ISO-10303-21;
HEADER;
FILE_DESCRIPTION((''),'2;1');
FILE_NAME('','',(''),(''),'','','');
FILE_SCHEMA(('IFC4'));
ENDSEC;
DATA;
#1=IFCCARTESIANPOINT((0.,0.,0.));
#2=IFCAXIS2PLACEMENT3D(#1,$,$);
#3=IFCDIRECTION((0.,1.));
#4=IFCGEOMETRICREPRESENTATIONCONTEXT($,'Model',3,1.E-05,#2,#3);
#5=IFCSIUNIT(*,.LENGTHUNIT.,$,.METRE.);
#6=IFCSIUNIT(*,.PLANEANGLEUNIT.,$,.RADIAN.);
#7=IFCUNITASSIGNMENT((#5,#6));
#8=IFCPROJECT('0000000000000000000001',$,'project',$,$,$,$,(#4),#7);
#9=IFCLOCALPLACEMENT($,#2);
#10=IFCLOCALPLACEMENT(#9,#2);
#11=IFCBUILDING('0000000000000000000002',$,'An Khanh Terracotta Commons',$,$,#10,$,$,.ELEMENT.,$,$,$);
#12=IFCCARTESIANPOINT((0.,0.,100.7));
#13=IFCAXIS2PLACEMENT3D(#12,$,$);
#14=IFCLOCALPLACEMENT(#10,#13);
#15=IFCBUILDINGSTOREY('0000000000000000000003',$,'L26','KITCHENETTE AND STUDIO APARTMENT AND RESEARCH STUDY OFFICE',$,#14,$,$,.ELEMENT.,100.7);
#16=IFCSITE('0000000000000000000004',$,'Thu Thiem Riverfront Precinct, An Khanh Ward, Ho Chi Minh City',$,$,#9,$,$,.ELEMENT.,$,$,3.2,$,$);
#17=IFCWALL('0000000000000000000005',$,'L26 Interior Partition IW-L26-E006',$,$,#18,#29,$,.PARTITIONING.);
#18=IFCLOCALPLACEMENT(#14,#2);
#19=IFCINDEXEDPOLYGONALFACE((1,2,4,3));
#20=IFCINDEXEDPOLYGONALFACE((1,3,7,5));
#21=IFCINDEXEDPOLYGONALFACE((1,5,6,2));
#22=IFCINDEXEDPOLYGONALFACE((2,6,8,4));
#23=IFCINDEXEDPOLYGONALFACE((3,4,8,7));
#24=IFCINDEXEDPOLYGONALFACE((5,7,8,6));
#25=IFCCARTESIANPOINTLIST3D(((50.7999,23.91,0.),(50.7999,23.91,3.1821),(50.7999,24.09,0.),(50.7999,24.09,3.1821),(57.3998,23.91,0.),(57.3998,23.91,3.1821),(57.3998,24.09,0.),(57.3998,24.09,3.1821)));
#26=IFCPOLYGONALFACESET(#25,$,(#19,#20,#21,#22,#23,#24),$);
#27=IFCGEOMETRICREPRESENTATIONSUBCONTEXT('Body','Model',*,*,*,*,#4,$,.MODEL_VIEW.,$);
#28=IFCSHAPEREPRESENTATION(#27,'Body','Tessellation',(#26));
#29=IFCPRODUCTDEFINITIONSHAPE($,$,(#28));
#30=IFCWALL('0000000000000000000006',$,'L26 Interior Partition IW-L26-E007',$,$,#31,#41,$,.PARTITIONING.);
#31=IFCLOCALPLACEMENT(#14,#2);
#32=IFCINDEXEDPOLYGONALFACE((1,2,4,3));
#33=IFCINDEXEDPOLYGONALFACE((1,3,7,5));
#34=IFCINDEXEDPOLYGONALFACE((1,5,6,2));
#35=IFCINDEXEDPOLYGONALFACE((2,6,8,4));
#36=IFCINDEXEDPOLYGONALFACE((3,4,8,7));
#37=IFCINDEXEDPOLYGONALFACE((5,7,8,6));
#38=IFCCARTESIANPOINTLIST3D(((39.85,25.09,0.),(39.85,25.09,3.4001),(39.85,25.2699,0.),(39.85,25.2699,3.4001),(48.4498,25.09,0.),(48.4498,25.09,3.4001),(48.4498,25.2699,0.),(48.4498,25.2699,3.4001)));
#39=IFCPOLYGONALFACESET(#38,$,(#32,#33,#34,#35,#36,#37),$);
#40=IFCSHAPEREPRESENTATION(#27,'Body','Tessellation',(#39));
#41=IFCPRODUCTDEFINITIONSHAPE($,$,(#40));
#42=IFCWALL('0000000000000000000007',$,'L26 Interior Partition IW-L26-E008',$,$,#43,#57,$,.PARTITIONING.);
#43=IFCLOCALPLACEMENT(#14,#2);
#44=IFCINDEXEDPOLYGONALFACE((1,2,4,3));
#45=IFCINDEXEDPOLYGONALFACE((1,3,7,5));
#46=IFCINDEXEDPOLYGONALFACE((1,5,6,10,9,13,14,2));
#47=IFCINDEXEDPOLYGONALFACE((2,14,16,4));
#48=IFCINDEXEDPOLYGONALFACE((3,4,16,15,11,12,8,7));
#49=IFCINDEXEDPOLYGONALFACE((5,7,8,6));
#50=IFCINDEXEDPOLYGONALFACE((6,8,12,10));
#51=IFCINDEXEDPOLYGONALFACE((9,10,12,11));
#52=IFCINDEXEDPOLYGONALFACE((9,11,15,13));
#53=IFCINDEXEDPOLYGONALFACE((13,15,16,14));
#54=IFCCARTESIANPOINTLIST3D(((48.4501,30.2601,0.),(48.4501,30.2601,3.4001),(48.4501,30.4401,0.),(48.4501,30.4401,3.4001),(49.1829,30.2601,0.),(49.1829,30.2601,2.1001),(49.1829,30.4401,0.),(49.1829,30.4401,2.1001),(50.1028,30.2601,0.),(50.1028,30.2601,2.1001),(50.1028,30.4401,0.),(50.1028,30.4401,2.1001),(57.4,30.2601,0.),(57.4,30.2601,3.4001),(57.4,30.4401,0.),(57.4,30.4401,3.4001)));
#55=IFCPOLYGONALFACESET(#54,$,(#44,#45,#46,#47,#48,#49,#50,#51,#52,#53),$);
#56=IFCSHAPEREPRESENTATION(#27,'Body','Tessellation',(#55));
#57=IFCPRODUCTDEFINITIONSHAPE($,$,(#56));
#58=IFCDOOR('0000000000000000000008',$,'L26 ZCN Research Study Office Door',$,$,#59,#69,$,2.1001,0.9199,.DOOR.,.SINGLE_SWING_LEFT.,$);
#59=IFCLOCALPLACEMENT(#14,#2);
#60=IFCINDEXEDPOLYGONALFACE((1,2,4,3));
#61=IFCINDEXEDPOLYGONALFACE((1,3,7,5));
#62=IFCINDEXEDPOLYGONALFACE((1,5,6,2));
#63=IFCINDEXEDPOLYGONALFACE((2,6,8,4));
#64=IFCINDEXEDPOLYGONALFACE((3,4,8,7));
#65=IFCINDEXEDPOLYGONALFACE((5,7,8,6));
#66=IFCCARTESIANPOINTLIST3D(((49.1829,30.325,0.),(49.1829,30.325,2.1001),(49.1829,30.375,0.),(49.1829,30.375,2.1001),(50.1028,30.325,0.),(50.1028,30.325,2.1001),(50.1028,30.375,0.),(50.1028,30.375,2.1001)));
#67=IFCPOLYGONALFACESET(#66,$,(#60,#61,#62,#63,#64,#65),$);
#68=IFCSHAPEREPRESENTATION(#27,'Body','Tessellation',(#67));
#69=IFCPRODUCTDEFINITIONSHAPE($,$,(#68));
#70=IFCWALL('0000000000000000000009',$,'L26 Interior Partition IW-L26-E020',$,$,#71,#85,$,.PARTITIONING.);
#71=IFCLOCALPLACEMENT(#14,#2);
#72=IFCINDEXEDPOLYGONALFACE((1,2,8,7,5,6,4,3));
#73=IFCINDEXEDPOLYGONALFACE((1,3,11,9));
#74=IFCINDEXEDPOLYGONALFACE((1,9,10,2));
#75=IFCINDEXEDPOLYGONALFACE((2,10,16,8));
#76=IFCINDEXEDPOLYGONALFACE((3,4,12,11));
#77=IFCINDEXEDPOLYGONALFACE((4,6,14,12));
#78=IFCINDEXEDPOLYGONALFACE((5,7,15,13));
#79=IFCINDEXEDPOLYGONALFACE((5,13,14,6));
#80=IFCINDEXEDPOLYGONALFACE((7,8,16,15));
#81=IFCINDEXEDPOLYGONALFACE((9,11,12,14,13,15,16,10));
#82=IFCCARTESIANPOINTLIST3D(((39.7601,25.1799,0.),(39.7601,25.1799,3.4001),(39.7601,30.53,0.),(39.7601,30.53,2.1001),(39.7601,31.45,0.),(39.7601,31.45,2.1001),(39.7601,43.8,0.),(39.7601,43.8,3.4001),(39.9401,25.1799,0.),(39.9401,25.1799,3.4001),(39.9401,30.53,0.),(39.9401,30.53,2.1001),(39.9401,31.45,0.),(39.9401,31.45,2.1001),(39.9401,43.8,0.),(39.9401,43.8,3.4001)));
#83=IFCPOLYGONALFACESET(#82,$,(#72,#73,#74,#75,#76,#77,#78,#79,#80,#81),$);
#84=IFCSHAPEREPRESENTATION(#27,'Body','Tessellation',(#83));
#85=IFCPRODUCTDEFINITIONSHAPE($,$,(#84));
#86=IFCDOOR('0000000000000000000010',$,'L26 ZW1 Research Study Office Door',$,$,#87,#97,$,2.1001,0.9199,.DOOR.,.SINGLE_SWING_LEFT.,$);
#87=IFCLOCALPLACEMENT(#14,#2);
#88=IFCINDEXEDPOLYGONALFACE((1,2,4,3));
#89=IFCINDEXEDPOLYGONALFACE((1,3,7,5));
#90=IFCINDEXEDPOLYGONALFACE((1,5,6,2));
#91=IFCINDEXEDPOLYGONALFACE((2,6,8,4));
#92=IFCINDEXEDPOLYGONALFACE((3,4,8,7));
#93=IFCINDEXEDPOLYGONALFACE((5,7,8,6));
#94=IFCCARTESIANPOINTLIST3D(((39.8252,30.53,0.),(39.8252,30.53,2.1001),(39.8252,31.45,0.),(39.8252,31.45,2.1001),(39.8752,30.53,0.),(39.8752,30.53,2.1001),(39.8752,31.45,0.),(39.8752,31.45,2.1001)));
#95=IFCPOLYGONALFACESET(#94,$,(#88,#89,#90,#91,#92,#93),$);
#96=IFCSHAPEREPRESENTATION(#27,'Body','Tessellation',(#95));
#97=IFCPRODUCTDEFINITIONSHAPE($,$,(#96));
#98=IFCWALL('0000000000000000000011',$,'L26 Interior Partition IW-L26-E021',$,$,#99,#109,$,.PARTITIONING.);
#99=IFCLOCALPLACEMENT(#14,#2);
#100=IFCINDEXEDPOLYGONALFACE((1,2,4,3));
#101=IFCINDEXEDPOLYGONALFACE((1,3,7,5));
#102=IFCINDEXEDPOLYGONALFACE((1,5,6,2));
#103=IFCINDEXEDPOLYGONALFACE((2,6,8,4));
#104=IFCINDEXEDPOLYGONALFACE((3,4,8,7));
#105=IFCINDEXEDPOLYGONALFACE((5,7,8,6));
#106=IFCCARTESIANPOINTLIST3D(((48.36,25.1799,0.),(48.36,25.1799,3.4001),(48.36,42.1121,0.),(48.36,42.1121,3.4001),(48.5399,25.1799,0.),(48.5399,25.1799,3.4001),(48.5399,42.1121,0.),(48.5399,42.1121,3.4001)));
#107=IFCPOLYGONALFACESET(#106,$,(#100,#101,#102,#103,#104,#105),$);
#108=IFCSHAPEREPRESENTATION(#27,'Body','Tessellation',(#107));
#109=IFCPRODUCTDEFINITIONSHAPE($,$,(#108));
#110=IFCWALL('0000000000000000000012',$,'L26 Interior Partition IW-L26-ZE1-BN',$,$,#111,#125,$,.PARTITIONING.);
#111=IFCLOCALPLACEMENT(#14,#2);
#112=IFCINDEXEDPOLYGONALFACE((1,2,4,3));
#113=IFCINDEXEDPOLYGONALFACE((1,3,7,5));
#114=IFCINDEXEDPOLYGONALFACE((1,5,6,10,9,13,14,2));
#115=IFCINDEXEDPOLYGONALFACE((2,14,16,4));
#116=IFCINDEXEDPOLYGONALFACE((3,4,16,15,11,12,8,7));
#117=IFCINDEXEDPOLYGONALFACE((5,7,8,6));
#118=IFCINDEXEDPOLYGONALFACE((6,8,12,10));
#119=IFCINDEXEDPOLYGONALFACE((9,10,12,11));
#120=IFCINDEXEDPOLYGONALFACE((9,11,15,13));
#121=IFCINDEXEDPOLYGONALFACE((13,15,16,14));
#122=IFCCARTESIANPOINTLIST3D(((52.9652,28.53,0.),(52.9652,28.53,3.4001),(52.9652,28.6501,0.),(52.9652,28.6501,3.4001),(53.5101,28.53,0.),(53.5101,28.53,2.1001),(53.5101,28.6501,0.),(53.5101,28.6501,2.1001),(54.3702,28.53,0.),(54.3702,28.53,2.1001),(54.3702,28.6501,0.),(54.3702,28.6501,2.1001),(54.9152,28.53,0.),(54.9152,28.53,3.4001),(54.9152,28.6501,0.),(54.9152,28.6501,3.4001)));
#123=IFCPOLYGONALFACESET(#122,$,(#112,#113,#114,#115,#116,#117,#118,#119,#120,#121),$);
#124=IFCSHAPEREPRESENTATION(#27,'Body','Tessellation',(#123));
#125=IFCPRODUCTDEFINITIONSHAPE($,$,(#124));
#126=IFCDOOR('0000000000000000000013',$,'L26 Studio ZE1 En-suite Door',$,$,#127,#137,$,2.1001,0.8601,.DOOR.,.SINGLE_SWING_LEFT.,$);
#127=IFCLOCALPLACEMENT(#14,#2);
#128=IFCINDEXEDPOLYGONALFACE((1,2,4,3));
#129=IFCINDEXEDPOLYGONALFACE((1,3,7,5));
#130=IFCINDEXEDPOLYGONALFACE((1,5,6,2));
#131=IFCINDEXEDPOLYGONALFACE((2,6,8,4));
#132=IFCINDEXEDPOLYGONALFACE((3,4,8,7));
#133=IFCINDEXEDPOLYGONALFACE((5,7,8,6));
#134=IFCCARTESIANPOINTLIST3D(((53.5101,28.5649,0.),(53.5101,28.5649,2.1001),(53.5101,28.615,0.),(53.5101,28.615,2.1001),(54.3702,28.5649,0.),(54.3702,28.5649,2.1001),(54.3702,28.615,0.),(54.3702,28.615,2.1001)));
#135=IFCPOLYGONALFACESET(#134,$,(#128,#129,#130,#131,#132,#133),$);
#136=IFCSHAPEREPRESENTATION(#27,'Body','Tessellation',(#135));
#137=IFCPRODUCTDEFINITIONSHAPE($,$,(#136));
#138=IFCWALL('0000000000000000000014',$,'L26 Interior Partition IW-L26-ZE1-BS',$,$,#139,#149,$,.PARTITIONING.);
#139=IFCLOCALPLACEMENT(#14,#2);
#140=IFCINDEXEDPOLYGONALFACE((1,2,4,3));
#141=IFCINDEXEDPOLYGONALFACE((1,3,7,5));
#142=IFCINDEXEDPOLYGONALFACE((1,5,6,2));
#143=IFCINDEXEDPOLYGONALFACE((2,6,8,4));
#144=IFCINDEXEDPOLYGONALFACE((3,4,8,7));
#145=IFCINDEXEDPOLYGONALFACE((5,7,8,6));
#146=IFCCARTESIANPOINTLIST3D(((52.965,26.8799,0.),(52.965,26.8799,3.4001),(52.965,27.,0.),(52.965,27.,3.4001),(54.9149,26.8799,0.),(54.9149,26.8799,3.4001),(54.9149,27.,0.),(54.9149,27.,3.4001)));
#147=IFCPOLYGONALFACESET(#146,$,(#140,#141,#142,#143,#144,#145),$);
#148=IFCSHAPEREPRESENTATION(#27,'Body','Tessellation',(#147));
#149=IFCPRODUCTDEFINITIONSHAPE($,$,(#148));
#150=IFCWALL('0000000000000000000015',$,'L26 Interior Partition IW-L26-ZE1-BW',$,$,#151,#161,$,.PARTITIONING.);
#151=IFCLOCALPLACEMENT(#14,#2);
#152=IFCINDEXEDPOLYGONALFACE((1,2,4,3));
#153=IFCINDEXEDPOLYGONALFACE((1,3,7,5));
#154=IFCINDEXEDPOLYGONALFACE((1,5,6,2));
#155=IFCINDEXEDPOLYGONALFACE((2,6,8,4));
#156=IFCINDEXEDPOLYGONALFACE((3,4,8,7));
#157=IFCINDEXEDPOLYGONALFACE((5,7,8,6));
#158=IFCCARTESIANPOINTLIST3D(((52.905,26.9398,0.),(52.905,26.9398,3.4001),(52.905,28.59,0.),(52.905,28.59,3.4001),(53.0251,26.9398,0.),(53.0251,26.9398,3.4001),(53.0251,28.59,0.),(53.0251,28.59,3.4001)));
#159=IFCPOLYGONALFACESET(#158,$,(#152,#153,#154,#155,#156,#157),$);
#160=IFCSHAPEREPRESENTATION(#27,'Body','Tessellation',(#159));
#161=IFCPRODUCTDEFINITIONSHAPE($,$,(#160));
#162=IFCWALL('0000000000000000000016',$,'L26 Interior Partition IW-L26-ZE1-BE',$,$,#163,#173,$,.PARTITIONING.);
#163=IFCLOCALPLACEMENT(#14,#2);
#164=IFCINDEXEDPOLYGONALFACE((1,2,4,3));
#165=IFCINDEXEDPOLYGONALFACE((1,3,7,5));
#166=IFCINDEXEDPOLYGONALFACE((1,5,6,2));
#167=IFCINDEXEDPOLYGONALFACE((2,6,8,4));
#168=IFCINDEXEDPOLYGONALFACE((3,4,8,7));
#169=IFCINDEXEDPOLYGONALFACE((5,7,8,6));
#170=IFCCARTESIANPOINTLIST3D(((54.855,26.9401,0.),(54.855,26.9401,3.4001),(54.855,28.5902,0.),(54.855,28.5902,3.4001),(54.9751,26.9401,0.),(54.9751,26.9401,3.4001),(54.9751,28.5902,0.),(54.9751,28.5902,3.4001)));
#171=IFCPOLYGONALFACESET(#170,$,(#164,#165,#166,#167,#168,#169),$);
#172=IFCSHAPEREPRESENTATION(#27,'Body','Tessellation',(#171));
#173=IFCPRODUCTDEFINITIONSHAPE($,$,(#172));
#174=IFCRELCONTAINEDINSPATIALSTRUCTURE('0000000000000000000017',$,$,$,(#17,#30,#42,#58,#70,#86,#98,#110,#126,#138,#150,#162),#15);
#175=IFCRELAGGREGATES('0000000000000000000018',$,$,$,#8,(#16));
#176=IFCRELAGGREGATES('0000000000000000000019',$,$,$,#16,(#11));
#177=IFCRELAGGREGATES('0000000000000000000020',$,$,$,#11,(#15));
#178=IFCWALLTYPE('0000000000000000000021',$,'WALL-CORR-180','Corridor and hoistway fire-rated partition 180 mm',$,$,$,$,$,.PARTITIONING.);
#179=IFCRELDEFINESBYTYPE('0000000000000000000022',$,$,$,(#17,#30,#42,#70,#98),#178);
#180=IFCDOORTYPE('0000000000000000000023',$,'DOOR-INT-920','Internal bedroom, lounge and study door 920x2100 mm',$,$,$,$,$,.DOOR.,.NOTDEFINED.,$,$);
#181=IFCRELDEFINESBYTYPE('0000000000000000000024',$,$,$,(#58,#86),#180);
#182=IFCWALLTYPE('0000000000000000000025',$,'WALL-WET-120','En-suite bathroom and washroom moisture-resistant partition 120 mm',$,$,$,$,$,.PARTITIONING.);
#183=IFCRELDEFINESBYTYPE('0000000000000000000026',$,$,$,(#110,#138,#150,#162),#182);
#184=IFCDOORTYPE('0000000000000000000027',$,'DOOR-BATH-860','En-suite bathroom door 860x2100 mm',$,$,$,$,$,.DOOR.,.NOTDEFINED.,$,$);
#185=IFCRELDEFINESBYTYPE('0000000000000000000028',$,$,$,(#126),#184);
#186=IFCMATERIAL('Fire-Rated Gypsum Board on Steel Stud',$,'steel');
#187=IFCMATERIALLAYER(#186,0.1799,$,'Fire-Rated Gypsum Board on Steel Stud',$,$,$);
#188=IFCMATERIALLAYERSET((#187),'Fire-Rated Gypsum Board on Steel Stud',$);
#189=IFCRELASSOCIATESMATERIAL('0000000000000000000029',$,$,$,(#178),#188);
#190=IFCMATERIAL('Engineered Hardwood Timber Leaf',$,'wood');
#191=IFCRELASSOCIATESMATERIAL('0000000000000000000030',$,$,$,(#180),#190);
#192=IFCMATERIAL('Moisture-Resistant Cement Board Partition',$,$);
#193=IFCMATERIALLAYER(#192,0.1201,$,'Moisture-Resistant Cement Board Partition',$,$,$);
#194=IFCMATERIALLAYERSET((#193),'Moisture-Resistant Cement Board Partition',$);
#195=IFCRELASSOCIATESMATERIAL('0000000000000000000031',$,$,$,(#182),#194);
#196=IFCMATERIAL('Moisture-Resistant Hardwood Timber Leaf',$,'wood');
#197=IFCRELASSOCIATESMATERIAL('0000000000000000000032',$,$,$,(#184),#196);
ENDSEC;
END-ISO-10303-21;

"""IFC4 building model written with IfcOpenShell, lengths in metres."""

from ifc_helpers import new_model, si_unit, direction, frame, frame_2d, origin, place, context, subcontext, project, spatial, rectangle, extrude, material, layer, layer_set, type_object, element, fill, save


model = new_model("IFC4")

# Units and contexts
model_context = context("Model", 3, precision=1e-05, world=origin(), true_north=direction((0.0, 1.0)))
body_context = subcontext(model_context, "Body", "Model", "MODEL_VIEW")
ifc_project = project(units=[si_unit("LENGTHUNIT", "METRE"), si_unit("PLANEANGLEUNIT", "RADIAN")], contexts=[model_context])

# Site, building, storey
site_placement = place(None, origin())
site = spatial("IfcSite", under=ifc_project, at=site_placement, Name="Thu Thiem Riverfront Precinct, An Khanh Ward, Ho Chi Minh City", CompositionType="ELEMENT", RefElevation=3.2)
building_placement = place(site_placement, origin())
building = spatial("IfcBuilding", under=site, at=building_placement, Name="An Khanh Terracotta Commons", CompositionType="ELEMENT")
storey_placement = place(building_placement, frame((0.0, 0.0, 100.7)))
storey = spatial("IfcBuildingStorey", under=building, at=storey_placement, Name="L26", Description="KITCHENETTE AND STUDIO APARTMENT AND RESEARCH STUDY OFFICE", CompositionType="ELEMENT", Elevation=100.7)

# Walls
ifc_material_1 = material(Name="Fire-Rated Gypsum Board on Steel Stud", Category="steel")
ifc_layer_1 = layer(ifc_material_1, 0.1799, Name="Fire-Rated Gypsum Board on Steel Stud")
ifc_layer_set_1 = layer_set([ifc_layer_1], Name="Fire-Rated Gypsum Board on Steel Stud")
wall_type_1 = type_object("IfcWallType", Name="WALL-CORR-180", Description="Corridor and hoistway fire-rated partition 180 mm", PredefinedType="PARTITIONING", material=ifc_layer_set_1)
wall_1_placement = place(storey_placement, frame((50.8, 24.0, 0.0), z_axis=(0.0, 0.0, 1.0), x_axis=(1.0, 0.0, 0.0)))
element("IfcWall", 1, at=wall_1_placement, inside=storey, type_object=wall_type_1, Name="L26 Interior Partition IW-L26-E006", PredefinedType="PARTITIONING", context=body_context, shape_type="SweptSolid", body=[
    extrude(rectangle(XDim=6.5999, YDim=0.1799, at=frame_2d((3.2998, 0.0))), origin(), (0.0, 0.0, 1.0), 3.1821),
])
wall_2_placement = place(storey_placement, frame((39.8501, 25.1799, 0.0), z_axis=(0.0, 0.0, 1.0), x_axis=(1.0, 0.0, 0.0)))
element("IfcWall", 2, at=wall_2_placement, inside=storey, type_object=wall_type_1, Name="L26 Interior Partition IW-L26-E007", PredefinedType="PARTITIONING", context=body_context, shape_type="SweptSolid", body=[
    extrude(rectangle(XDim=8.5999, YDim=0.1799, at=frame_2d((4.2998, 0.0))), origin(), (0.0, 0.0, 1.0), 3.4001),
])

# Walls, openings, doors
wall_3_placement = place(storey_placement, frame((48.45, 30.3501, 0.0), z_axis=(0.0, 0.0, 1.0), x_axis=(1.0, 0.0, 0.0)))
wall_3 = element("IfcWall", 3, at=wall_3_placement, inside=storey, type_object=wall_type_1, Name="L26 Interior Partition IW-L26-E008", PredefinedType="PARTITIONING", context=body_context, shape_type="SweptSolid", body=[
    extrude(rectangle(XDim=8.95, YDim=0.1799, at=frame_2d((4.4751, 0.0))), origin(), (0.0, 0.0, 1.0), 3.4001),
])
opening_1_placement = place(wall_3_placement, frame((0.7329, 0.0, 0.0)))
opening_1 = element("IfcOpeningElement", 4, at=opening_1_placement, cuts=wall_3, PredefinedType="OPENING", context=body_context, shape_type="SweptSolid", body=[
    extrude(rectangle(XDim=0.9199, YDim=2.1001, at=frame_2d((0.46, 1.05))), frame((0.0, 0.0999, 0.0), z_axis=(0.0, -1.0, 0.0), x_axis=(1.0, 0.0, 0.0)), (0.0, 0.0, 1.0), 0.2),
])
ifc_material_2 = material(Name="Engineered Hardwood Timber Leaf", Category="wood")
door_type_1 = type_object("IfcDoorType", Name="DOOR-INT-920", Description="Internal bedroom, lounge and study door 920x2100 mm", OperationType="NOTDEFINED", PredefinedType="DOOR", material=ifc_material_2)
door_1_placement = place(opening_1_placement, origin())
door_1 = element("IfcDoor", 5, at=door_1_placement, inside=storey, type_object=door_type_1, Name="L26 ZCN Research Study Office Door", OperationType="SINGLE_SWING_LEFT", OverallHeight=2.1001, OverallWidth=0.9199, PredefinedType="DOOR", context=body_context, shape_type="SweptSolid", body=[
    extrude(rectangle(XDim=0.9199, YDim=2.1001, at=frame_2d((0.46, 1.05))), frame((0.0, 0.0249, 0.0), z_axis=(0.0, -1.0, 0.0), x_axis=(1.0, 0.0, 0.0)), (0.0, 0.0, 1.0), 0.05),
])
fill(opening_1, door_1)
wall_4_placement = place(storey_placement, frame((39.8501, 25.1799, 0.0), z_axis=(0.0, 0.0, 1.0), x_axis=(0.0, 1.0, 0.0)))
wall_4 = element("IfcWall", 6, at=wall_4_placement, inside=storey, type_object=wall_type_1, Name="L26 Interior Partition IW-L26-E020", PredefinedType="PARTITIONING", context=body_context, shape_type="SweptSolid", body=[
    extrude(rectangle(XDim=18.6201, YDim=0.1799, at=frame_2d((9.3101, 0.0))), origin(), (0.0, 0.0, 1.0), 3.4001),
])
opening_2_placement = place(wall_4_placement, frame((5.3501, 0.0, 0.0)))
opening_2 = element("IfcOpeningElement", 7, at=opening_2_placement, cuts=wall_4, PredefinedType="OPENING", context=body_context, shape_type="SweptSolid", body=[
    extrude(rectangle(XDim=0.9199, YDim=2.1001, at=frame_2d((0.46, 1.05))), frame((0.0, 0.0999, 0.0), z_axis=(0.0, -1.0, 0.0), x_axis=(1.0, 0.0, 0.0)), (0.0, 0.0, 1.0), 0.2),
])
door_2_placement = place(opening_2_placement, origin())
door_2 = element("IfcDoor", 8, at=door_2_placement, inside=storey, type_object=door_type_1, Name="L26 ZW1 Research Study Office Door", OperationType="SINGLE_SWING_LEFT", OverallHeight=2.1001, OverallWidth=0.9199, PredefinedType="DOOR", context=body_context, shape_type="SweptSolid", body=[
    extrude(rectangle(XDim=0.9199, YDim=2.1001, at=frame_2d((0.46, 1.05))), frame((0.0, 0.0249, 0.0), z_axis=(0.0, -1.0, 0.0), x_axis=(1.0, 0.0, 0.0)), (0.0, 0.0, 1.0), 0.05),
])
fill(opening_2, door_2)

# Wall
wall_5_placement = place(storey_placement, frame((48.45, 25.1799, 0.0), z_axis=(0.0, 0.0, 1.0), x_axis=(0.0, 1.0, 0.0)))
element("IfcWall", 9, at=wall_5_placement, inside=storey, type_object=wall_type_1, Name="L26 Interior Partition IW-L26-E021", PredefinedType="PARTITIONING", context=body_context, shape_type="SweptSolid", body=[
    extrude(rectangle(XDim=16.9321, YDim=0.1799, at=frame_2d((8.4661, 0.0))), origin(), (0.0, 0.0, 1.0), 3.4001),
])

# Wall, opening, door
ifc_material_3 = material(Name="Moisture-Resistant Cement Board Partition")
ifc_layer_2 = layer(ifc_material_3, 0.1201, Name="Moisture-Resistant Cement Board Partition")
ifc_layer_set_2 = layer_set([ifc_layer_2], Name="Moisture-Resistant Cement Board Partition")
wall_type_2 = type_object("IfcWallType", Name="WALL-WET-120", Description="En-suite bathroom and washroom moisture-resistant partition 120 mm", PredefinedType="PARTITIONING", material=ifc_layer_set_2)
wall_6_placement = place(storey_placement, frame((52.9651, 28.5901, 0.0), z_axis=(0.0, 0.0, 1.0), x_axis=(1.0, 0.0, 0.0)))
wall_6 = element("IfcWall", 10, at=wall_6_placement, inside=storey, type_object=wall_type_2, Name="L26 Interior Partition IW-L26-ZE1-BN", PredefinedType="PARTITIONING", context=body_context, shape_type="SweptSolid", body=[
    extrude(rectangle(XDim=1.95, YDim=0.1201, at=frame_2d((0.9751, 0.0))), origin(), (0.0, 0.0, 1.0), 3.4001),
])
opening_3_placement = place(wall_6_placement, frame((0.5449, 0.0, 0.0)))
opening_3 = element("IfcOpeningElement", 11, at=opening_3_placement, cuts=wall_6, PredefinedType="OPENING", context=body_context, shape_type="SweptSolid", body=[
    extrude(rectangle(XDim=0.8601, YDim=2.1001, at=frame_2d((0.4302, 1.05))), frame((0.0, 0.0701, 0.0), z_axis=(0.0, -1.0, 0.0), x_axis=(1.0, 0.0, 0.0)), (0.0, 0.0, 1.0), 0.1401),
])
ifc_material_4 = material(Name="Moisture-Resistant Hardwood Timber Leaf", Category="wood")
door_type_2 = type_object("IfcDoorType", Name="DOOR-BATH-860", Description="En-suite bathroom door 860x2100 mm", OperationType="NOTDEFINED", PredefinedType="DOOR", material=ifc_material_4)
door_3_placement = place(opening_3_placement, origin())
door_3 = element("IfcDoor", 12, at=door_3_placement, inside=storey, type_object=door_type_2, Name="L26 Studio ZE1 En-suite Door", OperationType="SINGLE_SWING_LEFT", OverallHeight=2.1001, OverallWidth=0.8601, PredefinedType="DOOR", context=body_context, shape_type="SweptSolid", body=[
    extrude(rectangle(XDim=0.8601, YDim=2.1001, at=frame_2d((0.4302, 1.05))), frame((0.0, 0.0249, 0.0), z_axis=(0.0, -1.0, 0.0), x_axis=(1.0, 0.0, 0.0)), (0.0, 0.0, 1.0), 0.05),
])
fill(opening_3, door_3)

# Walls
wall_7_placement = place(storey_placement, frame((54.915, 26.9399, 0.0), z_axis=(0.0, 0.0, 1.0), x_axis=(-1.0, 0.0, 0.0)))
element("IfcWall", 13, at=wall_7_placement, inside=storey, type_object=wall_type_2, Name="L26 Interior Partition IW-L26-ZE1-BS", PredefinedType="PARTITIONING", context=body_context, shape_type="SweptSolid", body=[
    extrude(rectangle(XDim=1.95, YDim=0.1201, at=frame_2d((0.9751, 0.0))), origin(), (0.0, 0.0, 1.0), 3.4001),
])
for number, where, z_axis, x_axis, name in (
    (14, (52.9651, 28.5901, 0.0), (0.0, 0.0, 1.0), (0.0, -1.0, 0.0), "L26 Interior Partition IW-L26-ZE1-BW"),
    (15, (54.915, 26.9399, 0.0), (0.0, 0.0, 1.0), (0.0, 1.0, 0.0), "L26 Interior Partition IW-L26-ZE1-BE"),
):
    element("IfcWall", number, at=place(storey_placement, frame(where, z_axis=z_axis, x_axis=x_axis)), inside=storey, type_object=wall_type_2, Name=name, PredefinedType="PARTITIONING", context=body_context, shape_type="SweptSolid", body=[
        extrude(rectangle(XDim=1.6501, YDim=0.1201, at=frame_2d((0.8252, 0.0))), origin(), (0.0, 0.0, 1.0), 3.4001),
    ])

save(model, "model.ifc")
